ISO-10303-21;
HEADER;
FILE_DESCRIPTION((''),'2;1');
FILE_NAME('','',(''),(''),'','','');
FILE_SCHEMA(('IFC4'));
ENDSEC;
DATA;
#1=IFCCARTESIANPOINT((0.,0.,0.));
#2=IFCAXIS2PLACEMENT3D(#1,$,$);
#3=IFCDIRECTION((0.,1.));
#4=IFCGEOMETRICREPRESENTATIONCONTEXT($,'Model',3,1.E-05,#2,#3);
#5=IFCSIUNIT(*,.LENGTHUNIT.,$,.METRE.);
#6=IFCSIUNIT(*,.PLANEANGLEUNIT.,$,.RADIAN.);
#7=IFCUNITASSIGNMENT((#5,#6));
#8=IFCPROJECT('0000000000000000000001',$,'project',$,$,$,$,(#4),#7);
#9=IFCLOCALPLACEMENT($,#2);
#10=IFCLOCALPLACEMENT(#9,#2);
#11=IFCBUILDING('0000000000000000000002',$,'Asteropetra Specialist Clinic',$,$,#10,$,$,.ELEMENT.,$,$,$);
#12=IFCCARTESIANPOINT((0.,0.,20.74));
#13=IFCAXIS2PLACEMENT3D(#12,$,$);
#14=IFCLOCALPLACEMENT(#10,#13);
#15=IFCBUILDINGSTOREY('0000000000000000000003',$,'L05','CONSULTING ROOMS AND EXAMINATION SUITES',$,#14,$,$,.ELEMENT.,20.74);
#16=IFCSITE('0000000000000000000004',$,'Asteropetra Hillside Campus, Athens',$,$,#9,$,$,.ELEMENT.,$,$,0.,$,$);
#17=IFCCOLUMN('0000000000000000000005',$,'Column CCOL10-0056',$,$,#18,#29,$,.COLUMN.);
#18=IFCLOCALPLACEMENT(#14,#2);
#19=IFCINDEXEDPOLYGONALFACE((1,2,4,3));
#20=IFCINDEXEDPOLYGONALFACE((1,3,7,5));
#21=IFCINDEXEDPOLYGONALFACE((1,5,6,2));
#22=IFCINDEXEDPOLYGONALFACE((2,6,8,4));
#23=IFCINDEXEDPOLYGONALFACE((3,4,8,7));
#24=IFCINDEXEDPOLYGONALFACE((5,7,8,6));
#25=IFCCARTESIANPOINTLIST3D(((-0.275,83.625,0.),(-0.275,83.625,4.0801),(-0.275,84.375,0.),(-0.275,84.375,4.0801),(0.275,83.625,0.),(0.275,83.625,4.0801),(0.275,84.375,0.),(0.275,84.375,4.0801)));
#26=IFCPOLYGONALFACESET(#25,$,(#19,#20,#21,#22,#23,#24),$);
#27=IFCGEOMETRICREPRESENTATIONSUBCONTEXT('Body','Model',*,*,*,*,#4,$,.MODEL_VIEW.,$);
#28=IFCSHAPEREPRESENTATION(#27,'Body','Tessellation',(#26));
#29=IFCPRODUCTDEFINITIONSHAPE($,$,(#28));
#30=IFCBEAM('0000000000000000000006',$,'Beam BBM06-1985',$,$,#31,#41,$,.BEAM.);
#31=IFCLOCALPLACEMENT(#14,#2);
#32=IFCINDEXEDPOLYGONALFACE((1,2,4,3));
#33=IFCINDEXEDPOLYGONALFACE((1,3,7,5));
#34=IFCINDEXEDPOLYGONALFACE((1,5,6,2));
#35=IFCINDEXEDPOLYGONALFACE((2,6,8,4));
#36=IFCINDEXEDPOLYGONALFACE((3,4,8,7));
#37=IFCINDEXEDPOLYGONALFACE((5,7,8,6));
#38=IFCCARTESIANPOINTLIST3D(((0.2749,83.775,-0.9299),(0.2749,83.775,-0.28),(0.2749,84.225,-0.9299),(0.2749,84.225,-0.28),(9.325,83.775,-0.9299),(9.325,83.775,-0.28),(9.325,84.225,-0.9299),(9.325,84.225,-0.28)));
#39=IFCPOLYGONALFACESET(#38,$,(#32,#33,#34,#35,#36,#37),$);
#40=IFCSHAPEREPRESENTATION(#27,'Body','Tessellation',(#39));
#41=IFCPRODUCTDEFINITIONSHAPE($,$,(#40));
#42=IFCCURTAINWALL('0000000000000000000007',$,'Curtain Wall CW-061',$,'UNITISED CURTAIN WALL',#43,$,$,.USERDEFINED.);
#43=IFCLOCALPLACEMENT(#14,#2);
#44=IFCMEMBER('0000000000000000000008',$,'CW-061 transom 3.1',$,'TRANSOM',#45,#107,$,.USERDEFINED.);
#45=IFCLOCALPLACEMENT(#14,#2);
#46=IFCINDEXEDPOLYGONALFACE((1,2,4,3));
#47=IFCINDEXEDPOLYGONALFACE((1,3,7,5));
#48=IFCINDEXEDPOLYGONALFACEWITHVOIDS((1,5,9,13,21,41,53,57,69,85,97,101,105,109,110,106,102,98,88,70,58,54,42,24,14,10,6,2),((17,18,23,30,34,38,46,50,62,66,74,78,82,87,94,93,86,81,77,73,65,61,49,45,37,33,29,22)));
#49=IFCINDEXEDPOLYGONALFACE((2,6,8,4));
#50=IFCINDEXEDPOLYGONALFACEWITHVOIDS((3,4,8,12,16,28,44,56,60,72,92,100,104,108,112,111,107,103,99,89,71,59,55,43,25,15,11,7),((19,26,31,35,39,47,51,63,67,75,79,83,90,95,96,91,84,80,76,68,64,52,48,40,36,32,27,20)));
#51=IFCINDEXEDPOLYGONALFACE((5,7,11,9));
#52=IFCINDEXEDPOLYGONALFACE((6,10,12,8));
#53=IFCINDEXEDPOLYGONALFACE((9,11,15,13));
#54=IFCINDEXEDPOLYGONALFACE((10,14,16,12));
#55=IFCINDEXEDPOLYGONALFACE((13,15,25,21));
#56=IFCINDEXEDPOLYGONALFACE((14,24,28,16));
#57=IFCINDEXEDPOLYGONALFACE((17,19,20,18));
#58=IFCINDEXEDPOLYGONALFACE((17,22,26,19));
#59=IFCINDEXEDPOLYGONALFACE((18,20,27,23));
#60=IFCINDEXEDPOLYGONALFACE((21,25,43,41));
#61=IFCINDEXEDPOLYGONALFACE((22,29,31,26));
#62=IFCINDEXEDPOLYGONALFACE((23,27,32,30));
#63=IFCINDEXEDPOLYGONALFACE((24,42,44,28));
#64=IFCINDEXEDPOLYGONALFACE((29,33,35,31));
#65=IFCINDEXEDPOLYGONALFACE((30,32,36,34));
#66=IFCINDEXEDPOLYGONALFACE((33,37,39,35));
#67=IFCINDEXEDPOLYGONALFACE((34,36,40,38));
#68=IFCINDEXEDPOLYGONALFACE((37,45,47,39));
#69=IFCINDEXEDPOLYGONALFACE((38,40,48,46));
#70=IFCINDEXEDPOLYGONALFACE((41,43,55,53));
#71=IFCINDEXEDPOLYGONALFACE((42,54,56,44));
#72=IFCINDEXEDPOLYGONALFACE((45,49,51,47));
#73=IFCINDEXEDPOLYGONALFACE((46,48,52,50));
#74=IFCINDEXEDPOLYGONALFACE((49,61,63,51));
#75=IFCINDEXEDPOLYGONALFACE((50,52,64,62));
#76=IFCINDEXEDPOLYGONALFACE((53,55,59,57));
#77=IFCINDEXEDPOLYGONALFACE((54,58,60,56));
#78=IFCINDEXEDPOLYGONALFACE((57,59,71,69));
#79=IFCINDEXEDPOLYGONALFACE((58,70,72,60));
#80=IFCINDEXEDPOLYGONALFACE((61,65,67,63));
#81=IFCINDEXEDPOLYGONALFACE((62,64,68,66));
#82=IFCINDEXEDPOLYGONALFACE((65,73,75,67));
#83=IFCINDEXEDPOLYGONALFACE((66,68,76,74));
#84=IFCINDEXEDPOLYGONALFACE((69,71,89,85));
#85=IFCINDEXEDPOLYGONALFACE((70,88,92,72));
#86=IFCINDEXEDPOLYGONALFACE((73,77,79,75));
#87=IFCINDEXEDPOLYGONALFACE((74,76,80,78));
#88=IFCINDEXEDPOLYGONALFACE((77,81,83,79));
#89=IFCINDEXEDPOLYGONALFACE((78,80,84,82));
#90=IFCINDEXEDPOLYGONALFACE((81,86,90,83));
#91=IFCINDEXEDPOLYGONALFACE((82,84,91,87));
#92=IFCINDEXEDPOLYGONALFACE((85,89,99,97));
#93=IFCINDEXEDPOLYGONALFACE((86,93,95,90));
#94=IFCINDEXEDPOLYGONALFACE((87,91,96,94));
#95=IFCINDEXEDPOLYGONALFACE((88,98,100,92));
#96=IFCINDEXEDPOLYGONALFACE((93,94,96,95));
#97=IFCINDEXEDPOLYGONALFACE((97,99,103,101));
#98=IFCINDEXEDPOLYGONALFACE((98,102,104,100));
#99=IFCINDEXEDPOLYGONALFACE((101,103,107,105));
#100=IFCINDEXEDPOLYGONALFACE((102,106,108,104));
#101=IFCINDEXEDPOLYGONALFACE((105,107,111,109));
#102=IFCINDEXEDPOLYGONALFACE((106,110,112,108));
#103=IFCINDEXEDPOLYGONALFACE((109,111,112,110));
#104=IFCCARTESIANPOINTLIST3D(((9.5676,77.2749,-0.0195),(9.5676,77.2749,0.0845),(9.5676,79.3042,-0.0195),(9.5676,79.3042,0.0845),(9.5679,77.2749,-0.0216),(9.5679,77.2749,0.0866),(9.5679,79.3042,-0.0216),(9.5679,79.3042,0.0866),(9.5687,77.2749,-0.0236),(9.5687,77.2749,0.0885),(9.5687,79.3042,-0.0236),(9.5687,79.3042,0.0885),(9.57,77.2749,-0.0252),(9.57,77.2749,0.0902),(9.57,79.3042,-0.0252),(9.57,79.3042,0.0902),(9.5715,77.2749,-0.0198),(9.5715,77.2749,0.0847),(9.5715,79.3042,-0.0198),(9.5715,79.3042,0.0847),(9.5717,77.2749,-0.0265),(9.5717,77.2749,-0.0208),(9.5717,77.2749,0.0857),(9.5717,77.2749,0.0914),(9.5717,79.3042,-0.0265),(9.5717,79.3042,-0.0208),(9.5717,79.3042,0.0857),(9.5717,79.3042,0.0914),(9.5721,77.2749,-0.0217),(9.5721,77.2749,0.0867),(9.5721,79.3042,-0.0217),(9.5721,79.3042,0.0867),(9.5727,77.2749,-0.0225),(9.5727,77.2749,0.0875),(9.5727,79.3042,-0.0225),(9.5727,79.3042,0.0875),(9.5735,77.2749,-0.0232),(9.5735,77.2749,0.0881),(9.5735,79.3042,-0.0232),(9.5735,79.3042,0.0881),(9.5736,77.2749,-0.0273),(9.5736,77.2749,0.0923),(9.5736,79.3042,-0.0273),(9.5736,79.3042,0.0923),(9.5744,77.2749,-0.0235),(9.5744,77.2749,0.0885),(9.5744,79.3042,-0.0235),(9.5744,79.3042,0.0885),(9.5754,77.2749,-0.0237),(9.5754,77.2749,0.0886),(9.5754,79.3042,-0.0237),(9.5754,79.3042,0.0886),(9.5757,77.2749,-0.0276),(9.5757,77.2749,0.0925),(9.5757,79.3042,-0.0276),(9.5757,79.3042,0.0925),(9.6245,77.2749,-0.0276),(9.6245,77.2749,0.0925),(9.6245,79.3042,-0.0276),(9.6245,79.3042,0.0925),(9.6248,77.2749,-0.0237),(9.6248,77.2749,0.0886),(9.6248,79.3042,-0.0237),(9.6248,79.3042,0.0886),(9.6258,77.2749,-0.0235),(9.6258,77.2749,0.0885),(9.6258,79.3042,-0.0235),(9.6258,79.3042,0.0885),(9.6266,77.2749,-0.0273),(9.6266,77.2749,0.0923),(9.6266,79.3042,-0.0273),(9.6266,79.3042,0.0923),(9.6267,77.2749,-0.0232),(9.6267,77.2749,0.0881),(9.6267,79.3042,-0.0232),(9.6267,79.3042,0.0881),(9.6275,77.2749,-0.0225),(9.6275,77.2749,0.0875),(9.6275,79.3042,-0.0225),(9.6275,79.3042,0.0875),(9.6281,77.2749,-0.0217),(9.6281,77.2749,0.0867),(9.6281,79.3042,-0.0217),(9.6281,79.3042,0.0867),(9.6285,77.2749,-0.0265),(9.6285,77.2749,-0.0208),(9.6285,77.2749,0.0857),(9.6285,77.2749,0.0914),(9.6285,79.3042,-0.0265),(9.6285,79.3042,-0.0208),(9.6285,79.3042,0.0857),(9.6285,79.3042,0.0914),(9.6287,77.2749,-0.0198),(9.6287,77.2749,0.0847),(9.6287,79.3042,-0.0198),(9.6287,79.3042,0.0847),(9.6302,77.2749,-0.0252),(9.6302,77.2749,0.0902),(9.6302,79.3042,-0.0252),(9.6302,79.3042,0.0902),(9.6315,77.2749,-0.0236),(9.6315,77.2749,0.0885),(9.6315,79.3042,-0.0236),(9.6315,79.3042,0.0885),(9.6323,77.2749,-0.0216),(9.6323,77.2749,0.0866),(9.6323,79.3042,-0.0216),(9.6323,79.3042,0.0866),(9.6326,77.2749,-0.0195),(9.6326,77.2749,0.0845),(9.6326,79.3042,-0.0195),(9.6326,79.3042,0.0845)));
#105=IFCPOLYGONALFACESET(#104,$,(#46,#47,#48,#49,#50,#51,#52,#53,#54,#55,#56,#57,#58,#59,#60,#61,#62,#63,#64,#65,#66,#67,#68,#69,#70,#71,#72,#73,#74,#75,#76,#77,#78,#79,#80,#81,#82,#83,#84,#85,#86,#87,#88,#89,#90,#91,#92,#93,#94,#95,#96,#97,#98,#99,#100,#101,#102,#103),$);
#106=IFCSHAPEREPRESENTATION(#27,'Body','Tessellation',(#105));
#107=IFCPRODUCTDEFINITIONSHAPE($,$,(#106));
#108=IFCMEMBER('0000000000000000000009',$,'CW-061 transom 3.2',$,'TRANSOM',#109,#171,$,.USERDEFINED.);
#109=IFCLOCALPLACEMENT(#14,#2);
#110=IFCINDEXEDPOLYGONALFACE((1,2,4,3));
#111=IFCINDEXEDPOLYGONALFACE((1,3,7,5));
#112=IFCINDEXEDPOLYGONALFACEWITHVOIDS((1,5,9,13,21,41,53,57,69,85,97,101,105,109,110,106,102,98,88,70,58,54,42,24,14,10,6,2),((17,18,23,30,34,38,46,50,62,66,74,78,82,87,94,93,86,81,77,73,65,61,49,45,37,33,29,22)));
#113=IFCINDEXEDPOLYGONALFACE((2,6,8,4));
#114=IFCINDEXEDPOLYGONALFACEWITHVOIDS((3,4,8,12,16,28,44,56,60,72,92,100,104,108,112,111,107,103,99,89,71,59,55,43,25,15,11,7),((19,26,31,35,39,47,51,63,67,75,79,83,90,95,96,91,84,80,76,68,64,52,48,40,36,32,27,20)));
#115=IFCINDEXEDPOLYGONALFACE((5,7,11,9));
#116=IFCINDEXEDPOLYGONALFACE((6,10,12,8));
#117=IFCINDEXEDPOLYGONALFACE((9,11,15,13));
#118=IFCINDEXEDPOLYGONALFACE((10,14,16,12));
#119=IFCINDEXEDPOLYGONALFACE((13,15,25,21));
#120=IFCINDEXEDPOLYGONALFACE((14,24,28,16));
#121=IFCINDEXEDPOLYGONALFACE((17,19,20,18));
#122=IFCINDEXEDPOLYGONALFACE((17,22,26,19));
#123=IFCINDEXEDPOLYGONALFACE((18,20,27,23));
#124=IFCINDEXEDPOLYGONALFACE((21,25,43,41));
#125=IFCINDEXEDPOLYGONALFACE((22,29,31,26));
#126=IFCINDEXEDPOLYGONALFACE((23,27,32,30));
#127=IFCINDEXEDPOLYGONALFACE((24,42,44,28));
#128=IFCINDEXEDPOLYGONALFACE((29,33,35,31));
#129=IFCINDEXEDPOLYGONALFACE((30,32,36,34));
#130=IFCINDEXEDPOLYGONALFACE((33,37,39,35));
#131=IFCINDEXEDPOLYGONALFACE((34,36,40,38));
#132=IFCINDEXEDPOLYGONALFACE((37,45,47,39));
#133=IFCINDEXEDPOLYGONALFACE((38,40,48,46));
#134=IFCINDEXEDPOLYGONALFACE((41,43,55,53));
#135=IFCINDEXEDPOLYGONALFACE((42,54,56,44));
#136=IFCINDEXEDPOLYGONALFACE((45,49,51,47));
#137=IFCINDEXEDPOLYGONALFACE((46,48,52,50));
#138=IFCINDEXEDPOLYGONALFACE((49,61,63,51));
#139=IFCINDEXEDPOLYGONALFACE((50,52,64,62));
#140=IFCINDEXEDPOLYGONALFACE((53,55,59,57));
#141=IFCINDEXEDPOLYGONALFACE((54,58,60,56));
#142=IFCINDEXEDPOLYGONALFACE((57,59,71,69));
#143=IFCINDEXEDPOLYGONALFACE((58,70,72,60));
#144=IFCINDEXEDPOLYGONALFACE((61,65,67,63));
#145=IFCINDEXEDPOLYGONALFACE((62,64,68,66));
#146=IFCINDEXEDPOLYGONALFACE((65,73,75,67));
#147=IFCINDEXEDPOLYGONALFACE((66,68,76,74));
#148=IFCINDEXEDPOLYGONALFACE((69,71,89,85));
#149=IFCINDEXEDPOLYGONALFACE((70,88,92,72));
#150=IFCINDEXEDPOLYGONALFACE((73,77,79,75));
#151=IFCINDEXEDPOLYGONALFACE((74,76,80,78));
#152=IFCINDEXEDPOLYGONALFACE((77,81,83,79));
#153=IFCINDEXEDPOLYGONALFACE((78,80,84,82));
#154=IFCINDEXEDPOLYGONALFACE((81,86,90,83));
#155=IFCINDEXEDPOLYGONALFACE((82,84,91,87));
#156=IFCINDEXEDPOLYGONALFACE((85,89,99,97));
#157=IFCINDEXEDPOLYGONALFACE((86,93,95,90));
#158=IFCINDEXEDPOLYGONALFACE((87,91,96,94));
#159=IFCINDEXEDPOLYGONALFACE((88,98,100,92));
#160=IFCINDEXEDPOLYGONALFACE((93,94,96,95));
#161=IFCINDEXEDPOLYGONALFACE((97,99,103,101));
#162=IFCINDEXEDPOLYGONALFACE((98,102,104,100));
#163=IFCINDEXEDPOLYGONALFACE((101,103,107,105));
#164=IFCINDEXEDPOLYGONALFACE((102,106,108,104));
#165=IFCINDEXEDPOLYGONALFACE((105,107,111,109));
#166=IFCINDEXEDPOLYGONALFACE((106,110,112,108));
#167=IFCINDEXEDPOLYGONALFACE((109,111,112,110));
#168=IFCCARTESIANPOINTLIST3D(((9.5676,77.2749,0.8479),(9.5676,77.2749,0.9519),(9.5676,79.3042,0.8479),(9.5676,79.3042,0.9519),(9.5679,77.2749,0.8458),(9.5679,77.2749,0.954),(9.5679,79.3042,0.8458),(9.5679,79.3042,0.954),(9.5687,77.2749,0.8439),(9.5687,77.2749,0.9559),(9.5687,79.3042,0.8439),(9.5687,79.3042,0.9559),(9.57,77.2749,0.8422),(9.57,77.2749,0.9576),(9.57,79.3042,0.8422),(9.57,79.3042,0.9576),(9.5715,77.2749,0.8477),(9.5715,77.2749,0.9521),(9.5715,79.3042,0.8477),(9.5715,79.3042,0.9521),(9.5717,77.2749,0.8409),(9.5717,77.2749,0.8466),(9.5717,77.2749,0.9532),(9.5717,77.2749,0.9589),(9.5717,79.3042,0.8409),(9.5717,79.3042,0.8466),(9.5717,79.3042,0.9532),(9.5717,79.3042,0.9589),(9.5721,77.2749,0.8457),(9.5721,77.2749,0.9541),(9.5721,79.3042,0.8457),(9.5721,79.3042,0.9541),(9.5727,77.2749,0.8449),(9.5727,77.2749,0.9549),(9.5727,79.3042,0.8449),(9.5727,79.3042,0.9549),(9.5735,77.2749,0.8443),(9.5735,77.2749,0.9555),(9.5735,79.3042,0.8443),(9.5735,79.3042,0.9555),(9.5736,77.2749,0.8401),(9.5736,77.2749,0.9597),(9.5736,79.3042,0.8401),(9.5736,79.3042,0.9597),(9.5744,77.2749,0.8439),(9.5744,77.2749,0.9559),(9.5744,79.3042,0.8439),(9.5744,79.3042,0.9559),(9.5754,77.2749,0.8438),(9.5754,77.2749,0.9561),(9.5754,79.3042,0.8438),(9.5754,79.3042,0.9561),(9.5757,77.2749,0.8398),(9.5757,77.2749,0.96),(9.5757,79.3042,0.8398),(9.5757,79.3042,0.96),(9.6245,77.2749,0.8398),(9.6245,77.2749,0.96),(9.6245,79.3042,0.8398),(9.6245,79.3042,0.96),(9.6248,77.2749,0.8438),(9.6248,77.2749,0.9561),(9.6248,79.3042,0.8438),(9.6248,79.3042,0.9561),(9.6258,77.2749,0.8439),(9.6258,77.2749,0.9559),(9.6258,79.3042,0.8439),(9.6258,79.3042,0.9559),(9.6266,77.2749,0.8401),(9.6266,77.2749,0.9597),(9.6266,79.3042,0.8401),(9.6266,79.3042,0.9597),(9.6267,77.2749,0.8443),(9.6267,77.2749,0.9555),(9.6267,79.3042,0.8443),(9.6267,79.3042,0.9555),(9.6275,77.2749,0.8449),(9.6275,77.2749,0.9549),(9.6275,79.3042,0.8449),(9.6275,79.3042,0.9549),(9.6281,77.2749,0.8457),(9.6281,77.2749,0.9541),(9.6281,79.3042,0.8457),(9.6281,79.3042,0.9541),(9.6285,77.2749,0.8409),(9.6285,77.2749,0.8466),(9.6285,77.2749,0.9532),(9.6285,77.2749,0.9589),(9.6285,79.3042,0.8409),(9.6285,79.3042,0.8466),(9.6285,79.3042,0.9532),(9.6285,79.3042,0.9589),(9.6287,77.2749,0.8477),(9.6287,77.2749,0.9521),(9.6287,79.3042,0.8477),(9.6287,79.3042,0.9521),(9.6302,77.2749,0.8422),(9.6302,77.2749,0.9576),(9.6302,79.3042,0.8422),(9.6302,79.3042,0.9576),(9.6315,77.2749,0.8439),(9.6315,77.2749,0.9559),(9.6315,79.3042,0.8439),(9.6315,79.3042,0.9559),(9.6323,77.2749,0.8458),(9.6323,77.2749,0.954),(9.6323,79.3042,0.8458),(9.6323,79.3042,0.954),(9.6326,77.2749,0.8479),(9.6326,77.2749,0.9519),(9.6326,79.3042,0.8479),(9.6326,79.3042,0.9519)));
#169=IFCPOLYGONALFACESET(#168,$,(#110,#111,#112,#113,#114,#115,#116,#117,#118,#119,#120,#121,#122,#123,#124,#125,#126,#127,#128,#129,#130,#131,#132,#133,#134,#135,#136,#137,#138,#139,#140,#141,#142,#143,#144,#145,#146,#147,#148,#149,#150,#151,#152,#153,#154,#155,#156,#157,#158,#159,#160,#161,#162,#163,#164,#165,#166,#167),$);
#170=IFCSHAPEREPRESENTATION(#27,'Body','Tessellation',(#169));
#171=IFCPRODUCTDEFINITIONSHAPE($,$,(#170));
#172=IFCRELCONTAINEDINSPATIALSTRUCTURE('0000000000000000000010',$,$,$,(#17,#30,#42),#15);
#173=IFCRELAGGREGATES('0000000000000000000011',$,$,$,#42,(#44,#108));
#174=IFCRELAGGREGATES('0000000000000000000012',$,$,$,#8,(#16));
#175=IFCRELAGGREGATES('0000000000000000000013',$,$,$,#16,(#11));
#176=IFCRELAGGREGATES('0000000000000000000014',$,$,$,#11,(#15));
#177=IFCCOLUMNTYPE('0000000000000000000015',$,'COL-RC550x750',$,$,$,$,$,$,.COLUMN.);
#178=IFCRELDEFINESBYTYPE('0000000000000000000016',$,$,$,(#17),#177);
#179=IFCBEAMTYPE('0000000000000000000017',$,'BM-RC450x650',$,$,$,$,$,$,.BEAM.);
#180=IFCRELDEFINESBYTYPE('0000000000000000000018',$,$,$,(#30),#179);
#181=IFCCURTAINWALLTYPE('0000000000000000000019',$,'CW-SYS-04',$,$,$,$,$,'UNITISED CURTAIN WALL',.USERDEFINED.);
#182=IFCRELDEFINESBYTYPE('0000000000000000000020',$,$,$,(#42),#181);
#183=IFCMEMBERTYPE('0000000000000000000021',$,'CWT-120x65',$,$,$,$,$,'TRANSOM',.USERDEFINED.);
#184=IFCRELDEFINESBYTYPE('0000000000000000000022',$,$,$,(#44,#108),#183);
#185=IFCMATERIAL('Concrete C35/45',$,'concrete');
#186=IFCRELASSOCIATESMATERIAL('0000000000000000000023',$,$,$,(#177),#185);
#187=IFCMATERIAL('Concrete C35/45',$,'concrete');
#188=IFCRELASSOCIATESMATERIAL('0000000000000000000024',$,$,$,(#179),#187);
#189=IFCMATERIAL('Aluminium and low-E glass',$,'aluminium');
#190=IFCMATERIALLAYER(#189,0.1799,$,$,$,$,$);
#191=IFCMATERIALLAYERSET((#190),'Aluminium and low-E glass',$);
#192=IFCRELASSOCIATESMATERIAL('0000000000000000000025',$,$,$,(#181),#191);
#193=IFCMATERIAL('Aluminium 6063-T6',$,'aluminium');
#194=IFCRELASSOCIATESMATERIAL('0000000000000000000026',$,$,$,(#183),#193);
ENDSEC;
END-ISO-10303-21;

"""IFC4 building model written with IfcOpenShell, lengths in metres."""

from ifc_helpers import new_model, si_unit, direction, frame, origin, origin_2d, place, context, subcontext, project, spatial, rectangle, hollow_rectangle, extrude, material, layer, layer_set, material_profile, profile_set, type_object, element, aggregate, save


model = new_model("IFC4")

# Units and contexts
model_context = context("Model", 3, precision=1e-05, world=origin(), true_north=direction((0.0, 1.0)))
body_context = subcontext(model_context, "Body", "Model", "MODEL_VIEW")
ifc_project = project(units=[si_unit("LENGTHUNIT", "METRE"), si_unit("PLANEANGLEUNIT", "RADIAN")], contexts=[model_context])

# Site, building, storey
site_placement = place(None, origin())
site = spatial("IfcSite", under=ifc_project, at=site_placement, Name="Asteropetra Hillside Campus, Athens", CompositionType="ELEMENT", RefElevation=0.0)
building_placement = place(site_placement, origin())
building = spatial("IfcBuilding", under=site, at=building_placement, Name="Asteropetra Specialist Clinic", CompositionType="ELEMENT")
storey_placement = place(building_placement, frame((0.0, 0.0, 20.74)))
storey = spatial("IfcBuildingStorey", under=building, at=storey_placement, Name="L05", Description="CONSULTING ROOMS AND EXAMINATION SUITES", CompositionType="ELEMENT", Elevation=20.74)

# Column
ifc_material_1 = material(Name="Concrete C35/45", Category="concrete")
ifc_material_profile_1 = material_profile(ifc_material_1, rectangle(XDim=0.55, YDim=0.75, at=origin_2d()), Name="RC 550x750")
ifc_profile_set_1 = profile_set([ifc_material_profile_1], Name="Concrete C35/45")
column_type = type_object("IfcColumnType", Name="COL-RC550x750", PredefinedType="COLUMN", material=ifc_profile_set_1)
column_placement = place(storey_placement, frame((0.0, 84.0, 0.0), z_axis=(0.0, 0.0, 1.0), x_axis=(1.0, 0.0, 0.0)))
element("IfcColumn", 1, at=column_placement, inside=storey, type_object=column_type, Name="Column CCOL10-0056", PredefinedType="COLUMN", context=body_context, shape_type="SweptSolid", body=[
    extrude(rectangle(XDim=0.55, YDim=0.75, at=origin_2d()), origin(), (0.0, 0.0, 1.0), 4.0801),
])

# Beam
ifc_material_2 = material(Name="Concrete C35/45", Category="concrete")
ifc_material_profile_2 = material_profile(ifc_material_2, rectangle(XDim=0.45, YDim=0.6499, at=origin_2d()), Name="RCB 450x650")
ifc_profile_set_2 = profile_set([ifc_material_profile_2], Name="Concrete C35/45")
beam_type_1 = type_object("IfcBeamType", Name="BM-RC450x650", PredefinedType="BEAM", material=ifc_profile_set_2)
beam_1_placement = place(storey_placement, frame((0.2749, 84.0, -0.605), z_axis=(1.0, 0.0, 0.0), x_axis=(0.0, 1.0, 0.0)))
element("IfcBeam", 2, at=beam_1_placement, inside=storey, type_object=beam_type_1, Name="Beam BBM06-1985", PredefinedType="BEAM", context=body_context, shape_type="SweptSolid", body=[
    extrude(rectangle(XDim=0.45, YDim=0.6499, at=origin_2d()), origin(), (0.0, 0.0, 1.0), 9.05),
])

# Curtain wall, members
ifc_material_3 = material(Name="Aluminium and low-E glass", Category="aluminium")
ifc_layer_1 = layer(ifc_material_3, 0.1799)
ifc_layer_set_1 = layer_set([ifc_layer_1], Name="Aluminium and low-E glass")
curtain_wall_type = type_object("IfcCurtainWallType", Name="CW-SYS-04", ElementType="UNITISED CURTAIN WALL", PredefinedType="USERDEFINED", material=ifc_layer_set_1)
curtain_wall_placement = place(storey_placement, origin())
curtain_wall = element("IfcCurtainWall", 3, at=curtain_wall_placement, inside=storey, type_object=curtain_wall_type, Name="Curtain Wall CW-061", ObjectType="UNITISED CURTAIN WALL", PredefinedType="USERDEFINED")
ifc_material_4 = material(Name="Aluminium 6063-T6", Category="aluminium")
ifc_material_profile_3 = material_profile(ifc_material_4, hollow_rectangle(XDim=0.0649, YDim=0.1201, WallThickness=0.0039, InnerFilletRadius=0.0039, OuterFilletRadius=0.0081, at=origin_2d()), Name="TRN 120x65x4.0")
ifc_profile_set_3 = profile_set([ifc_material_profile_3], Name="Aluminium 6063-T6")
member_type = type_object("IfcMemberType", Name="CWT-120x65", ElementType="TRANSOM", PredefinedType="USERDEFINED", material=ifc_profile_set_3)
member_1_placement = place(storey_placement, frame((9.6001, 79.3042, 0.0325), z_axis=(0.0, -1.0, 0.0), x_axis=(1.0, 0.0, 0.0)))
member_1 = element("IfcMember", 4, at=member_1_placement, type_object=member_type, Name="CW-061 transom 3.1", ObjectType="TRANSOM", PredefinedType="USERDEFINED", context=body_context, shape_type="SweptSolid", body=[
    extrude(hollow_rectangle(XDim=0.0649, YDim=0.1201, WallThickness=0.0039, InnerFilletRadius=0.0039, OuterFilletRadius=0.0081, at=origin_2d()), origin(), (0.0, 0.0, 1.0), 2.0293),
])
member_2_placement = place(storey_placement, frame((9.6001, 79.3042, 0.8999), z_axis=(0.0, -1.0, 0.0), x_axis=(1.0, 0.0, 0.0)))
member_2 = element("IfcMember", 5, at=member_2_placement, type_object=member_type, Name="CW-061 transom 3.2", ObjectType="TRANSOM", PredefinedType="USERDEFINED", context=body_context, shape_type="SweptSolid", body=[
    extrude(hollow_rectangle(XDim=0.0649, YDim=0.1201, WallThickness=0.0039, InnerFilletRadius=0.0039, OuterFilletRadius=0.0081, at=origin_2d()), origin(), (0.0, 0.0, 1.0), 2.0293),
])

aggregate(curtain_wall, [member_1, member_2])

save(model, "model.ifc")
